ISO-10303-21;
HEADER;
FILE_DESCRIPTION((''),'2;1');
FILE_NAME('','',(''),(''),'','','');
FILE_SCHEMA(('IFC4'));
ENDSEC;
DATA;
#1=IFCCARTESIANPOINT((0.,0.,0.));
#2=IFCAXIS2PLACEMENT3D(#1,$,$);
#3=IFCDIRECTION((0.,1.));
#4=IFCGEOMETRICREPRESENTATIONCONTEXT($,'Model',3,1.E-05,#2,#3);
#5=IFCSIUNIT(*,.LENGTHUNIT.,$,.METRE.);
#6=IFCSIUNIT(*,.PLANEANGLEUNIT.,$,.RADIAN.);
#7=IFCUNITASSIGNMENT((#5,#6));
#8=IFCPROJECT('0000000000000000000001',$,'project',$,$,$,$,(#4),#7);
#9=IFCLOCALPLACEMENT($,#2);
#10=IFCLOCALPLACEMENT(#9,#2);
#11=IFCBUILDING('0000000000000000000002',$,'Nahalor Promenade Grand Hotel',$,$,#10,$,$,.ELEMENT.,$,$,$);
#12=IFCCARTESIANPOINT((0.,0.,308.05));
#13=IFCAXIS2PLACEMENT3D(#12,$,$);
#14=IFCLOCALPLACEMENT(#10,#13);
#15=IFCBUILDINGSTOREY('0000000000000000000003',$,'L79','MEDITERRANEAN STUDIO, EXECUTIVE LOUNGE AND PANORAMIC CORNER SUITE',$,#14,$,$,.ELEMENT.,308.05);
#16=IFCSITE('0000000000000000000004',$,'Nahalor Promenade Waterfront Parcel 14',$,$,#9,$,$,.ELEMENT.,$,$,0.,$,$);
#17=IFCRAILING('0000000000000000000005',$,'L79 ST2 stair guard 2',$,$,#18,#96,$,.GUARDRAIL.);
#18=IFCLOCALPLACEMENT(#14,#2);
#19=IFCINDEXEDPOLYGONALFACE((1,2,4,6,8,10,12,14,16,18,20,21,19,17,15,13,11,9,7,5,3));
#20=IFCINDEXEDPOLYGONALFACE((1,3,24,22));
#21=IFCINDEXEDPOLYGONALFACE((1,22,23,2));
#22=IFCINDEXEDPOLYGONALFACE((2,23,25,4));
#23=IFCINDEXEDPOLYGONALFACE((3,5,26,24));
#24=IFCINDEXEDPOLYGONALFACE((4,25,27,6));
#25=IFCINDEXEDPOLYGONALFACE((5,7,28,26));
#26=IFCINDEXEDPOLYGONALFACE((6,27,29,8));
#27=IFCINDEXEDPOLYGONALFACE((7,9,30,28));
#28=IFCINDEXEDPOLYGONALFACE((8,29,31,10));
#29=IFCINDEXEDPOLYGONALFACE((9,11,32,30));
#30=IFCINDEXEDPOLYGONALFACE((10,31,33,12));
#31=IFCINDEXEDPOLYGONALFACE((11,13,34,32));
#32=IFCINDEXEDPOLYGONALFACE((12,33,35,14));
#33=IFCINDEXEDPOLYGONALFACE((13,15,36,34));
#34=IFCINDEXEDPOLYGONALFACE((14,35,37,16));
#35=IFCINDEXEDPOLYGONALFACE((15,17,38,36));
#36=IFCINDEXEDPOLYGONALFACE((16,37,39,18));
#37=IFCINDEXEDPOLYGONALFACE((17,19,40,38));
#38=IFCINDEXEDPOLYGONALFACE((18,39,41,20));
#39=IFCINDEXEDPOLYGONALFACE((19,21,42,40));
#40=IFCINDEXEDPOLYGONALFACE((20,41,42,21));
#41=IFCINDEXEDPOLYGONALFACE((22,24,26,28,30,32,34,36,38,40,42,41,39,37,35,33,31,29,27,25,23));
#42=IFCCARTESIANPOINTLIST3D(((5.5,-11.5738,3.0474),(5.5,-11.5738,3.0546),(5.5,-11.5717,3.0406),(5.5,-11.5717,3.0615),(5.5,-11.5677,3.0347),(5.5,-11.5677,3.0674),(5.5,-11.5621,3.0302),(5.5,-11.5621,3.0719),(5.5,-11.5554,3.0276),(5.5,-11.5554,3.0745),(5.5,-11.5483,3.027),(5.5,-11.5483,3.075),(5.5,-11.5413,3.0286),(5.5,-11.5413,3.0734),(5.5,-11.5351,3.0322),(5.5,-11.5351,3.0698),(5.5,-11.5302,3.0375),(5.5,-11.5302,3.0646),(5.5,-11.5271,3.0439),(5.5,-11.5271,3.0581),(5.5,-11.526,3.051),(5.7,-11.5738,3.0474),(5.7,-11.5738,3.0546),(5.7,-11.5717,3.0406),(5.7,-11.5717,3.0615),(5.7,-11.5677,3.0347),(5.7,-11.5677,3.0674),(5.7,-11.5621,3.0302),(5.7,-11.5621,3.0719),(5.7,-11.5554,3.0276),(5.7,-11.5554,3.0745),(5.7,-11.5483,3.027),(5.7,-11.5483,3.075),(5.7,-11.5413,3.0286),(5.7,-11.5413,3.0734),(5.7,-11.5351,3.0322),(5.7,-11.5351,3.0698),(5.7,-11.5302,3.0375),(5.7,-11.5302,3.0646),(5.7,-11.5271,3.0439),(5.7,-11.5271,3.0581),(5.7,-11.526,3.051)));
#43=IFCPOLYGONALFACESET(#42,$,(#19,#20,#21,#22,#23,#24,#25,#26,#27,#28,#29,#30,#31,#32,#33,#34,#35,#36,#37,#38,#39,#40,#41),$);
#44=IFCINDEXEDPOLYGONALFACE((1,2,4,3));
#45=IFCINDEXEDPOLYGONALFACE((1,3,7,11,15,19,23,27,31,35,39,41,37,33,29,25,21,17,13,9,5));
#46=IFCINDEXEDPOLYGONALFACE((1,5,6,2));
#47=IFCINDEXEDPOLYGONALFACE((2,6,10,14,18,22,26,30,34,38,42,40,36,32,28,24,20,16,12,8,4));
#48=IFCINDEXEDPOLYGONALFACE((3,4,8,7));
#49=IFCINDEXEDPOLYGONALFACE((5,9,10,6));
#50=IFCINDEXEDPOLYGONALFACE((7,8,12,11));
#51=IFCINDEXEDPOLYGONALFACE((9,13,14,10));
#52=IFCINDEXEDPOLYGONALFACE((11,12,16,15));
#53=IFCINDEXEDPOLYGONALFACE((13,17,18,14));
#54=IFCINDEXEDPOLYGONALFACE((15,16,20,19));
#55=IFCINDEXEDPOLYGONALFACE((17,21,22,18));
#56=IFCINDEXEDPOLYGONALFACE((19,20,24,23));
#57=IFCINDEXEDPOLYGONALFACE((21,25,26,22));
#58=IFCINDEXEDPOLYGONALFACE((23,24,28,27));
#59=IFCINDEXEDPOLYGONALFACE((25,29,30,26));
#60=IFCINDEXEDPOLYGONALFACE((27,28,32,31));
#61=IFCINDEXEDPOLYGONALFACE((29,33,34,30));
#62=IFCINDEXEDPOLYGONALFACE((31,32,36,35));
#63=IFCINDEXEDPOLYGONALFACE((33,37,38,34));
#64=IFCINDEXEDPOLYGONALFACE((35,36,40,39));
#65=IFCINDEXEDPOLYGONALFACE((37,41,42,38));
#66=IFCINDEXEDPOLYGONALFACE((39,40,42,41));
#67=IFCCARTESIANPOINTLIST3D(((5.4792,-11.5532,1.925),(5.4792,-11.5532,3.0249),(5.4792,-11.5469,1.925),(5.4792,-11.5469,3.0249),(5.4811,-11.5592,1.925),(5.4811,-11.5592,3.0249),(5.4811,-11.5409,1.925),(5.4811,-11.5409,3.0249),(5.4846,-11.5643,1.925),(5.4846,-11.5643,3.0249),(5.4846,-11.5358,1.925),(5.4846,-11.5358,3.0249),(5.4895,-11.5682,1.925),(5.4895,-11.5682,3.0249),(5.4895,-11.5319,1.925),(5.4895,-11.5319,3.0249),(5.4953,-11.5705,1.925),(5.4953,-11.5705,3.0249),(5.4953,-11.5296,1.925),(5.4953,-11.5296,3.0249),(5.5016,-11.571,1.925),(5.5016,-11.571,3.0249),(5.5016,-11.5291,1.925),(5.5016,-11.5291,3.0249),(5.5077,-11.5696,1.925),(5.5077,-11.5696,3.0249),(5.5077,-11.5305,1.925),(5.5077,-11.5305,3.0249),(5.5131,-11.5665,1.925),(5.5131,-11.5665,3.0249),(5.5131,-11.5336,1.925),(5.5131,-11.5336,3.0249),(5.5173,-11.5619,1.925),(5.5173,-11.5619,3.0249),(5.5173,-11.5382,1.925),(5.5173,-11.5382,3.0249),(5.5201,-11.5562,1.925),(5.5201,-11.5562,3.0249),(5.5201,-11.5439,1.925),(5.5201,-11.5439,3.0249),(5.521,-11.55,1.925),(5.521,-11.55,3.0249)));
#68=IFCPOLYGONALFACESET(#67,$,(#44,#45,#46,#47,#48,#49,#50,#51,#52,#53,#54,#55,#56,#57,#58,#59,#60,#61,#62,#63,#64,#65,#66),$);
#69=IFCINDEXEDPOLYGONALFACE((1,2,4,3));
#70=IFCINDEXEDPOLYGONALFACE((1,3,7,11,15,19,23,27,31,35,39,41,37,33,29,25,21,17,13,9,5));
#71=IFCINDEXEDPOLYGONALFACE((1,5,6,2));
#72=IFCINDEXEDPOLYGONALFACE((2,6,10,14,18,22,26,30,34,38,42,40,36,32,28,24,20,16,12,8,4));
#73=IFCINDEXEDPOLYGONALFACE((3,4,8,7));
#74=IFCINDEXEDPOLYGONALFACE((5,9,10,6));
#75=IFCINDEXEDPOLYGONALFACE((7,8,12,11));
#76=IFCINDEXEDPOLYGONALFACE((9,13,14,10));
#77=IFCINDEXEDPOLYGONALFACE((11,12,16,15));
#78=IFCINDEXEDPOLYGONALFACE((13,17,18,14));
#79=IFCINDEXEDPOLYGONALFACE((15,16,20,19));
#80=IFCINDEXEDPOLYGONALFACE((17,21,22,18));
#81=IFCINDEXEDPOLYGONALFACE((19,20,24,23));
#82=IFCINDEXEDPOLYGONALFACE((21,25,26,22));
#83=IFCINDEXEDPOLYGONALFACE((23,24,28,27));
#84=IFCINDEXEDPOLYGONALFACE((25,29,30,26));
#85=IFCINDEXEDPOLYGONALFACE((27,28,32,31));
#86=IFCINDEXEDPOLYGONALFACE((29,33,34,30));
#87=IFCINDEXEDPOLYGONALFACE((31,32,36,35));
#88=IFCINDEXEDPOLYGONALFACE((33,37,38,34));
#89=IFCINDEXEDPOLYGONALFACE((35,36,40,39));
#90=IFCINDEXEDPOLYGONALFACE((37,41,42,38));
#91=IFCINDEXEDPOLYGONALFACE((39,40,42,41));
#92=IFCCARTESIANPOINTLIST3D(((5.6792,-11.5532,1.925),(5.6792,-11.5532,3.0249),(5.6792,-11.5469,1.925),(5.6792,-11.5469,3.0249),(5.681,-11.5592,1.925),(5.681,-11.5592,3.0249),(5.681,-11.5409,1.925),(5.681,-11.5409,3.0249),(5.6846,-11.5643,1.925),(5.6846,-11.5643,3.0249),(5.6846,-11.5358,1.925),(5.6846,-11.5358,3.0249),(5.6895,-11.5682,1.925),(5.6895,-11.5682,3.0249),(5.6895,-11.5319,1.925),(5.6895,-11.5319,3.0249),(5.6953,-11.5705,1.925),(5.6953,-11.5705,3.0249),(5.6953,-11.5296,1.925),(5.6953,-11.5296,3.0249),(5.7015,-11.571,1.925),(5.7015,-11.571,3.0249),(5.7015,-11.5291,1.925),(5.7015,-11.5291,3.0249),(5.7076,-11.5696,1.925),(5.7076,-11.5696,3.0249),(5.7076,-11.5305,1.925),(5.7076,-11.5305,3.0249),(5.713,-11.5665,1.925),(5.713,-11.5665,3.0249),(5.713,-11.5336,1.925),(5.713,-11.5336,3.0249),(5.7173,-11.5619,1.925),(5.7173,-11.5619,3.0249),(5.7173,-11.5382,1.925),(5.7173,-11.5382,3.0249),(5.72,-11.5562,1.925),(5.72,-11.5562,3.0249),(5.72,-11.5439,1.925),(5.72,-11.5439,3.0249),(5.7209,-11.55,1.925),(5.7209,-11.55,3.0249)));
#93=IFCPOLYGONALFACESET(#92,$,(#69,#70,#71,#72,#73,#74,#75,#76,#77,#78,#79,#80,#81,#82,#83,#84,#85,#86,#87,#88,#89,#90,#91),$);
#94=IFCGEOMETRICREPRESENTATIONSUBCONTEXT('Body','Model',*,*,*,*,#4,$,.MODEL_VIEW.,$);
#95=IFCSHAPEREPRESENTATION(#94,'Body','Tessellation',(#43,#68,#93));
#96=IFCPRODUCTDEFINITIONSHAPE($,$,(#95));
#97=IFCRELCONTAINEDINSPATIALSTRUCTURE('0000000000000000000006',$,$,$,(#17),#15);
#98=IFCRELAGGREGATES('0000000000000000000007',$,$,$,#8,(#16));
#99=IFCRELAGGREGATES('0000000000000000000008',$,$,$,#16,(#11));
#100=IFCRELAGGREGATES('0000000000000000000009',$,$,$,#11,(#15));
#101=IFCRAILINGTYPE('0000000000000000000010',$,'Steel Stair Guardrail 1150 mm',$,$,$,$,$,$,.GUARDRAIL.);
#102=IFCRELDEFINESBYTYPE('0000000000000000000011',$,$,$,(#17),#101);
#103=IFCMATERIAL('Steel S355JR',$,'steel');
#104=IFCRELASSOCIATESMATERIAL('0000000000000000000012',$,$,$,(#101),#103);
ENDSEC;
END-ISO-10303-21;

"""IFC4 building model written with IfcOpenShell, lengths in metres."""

from ifc_helpers import new_model, si_unit, direction, frame, origin, origin_2d, place, context, subcontext, project, spatial, circle, extrude, material, type_object, element, save


model = new_model("IFC4")

# Units and contexts
model_context = context("Model", 3, precision=1e-05, world=origin(), true_north=direction((0.0, 1.0)))
body_context = subcontext(model_context, "Body", "Model", "MODEL_VIEW")
ifc_project = project(units=[si_unit("LENGTHUNIT", "METRE"), si_unit("PLANEANGLEUNIT", "RADIAN")], contexts=[model_context])

# Site, building, storey
site_placement = place(None, origin())
site = spatial("IfcSite", under=ifc_project, at=site_placement, Name="Nahalor Promenade Waterfront Parcel 14", CompositionType="ELEMENT", RefElevation=0.0)
building_placement = place(site_placement, origin())
building = spatial("IfcBuilding", under=site, at=building_placement, Name="Nahalor Promenade Grand Hotel", CompositionType="ELEMENT")
storey_placement = place(building_placement, frame((0.0, 0.0, 308.05)))
storey = spatial("IfcBuildingStorey", under=building, at=storey_placement, Name="L79", Description="MEDITERRANEAN STUDIO, EXECUTIVE LOUNGE AND PANORAMIC CORNER SUITE", CompositionType="ELEMENT", Elevation=308.05)

# Shared definitions
ifc_material_1 = material(Name="Steel S355JR", Category="steel")

# Railing
railing_type_1 = type_object("IfcRailingType", Name="Steel Stair Guardrail 1150 mm", PredefinedType="GUARDRAIL", material=ifc_material_1)
railing_1_placement = place(storey_placement, frame((5.5, -11.55, 1.925)))
element("IfcRailing", 1, at=railing_1_placement, inside=storey, type_object=railing_type_1, Name="L79 ST2 stair guard 2", PredefinedType="GUARDRAIL", context=body_context, shape_type="SweptSolid", body=[
    extrude(circle(Radius=0.024, at=origin_2d()), frame((0.0, 0.0, 1.126), z_axis=(1.0, 0.0, 0.0), x_axis=(0.0, 1.0, 0.0)), (0.0, 0.0, 1.0), 0.2),
    extrude(circle(Radius=0.021, at=origin_2d()), origin(), (0.0, 0.0, 1.0), 1.0999),
    extrude(circle(Radius=0.021, at=origin_2d()), frame((0.2, 0.0, 0.0)), (0.0, 0.0, 1.0), 1.0999),
])

save(model, "model.ifc")
